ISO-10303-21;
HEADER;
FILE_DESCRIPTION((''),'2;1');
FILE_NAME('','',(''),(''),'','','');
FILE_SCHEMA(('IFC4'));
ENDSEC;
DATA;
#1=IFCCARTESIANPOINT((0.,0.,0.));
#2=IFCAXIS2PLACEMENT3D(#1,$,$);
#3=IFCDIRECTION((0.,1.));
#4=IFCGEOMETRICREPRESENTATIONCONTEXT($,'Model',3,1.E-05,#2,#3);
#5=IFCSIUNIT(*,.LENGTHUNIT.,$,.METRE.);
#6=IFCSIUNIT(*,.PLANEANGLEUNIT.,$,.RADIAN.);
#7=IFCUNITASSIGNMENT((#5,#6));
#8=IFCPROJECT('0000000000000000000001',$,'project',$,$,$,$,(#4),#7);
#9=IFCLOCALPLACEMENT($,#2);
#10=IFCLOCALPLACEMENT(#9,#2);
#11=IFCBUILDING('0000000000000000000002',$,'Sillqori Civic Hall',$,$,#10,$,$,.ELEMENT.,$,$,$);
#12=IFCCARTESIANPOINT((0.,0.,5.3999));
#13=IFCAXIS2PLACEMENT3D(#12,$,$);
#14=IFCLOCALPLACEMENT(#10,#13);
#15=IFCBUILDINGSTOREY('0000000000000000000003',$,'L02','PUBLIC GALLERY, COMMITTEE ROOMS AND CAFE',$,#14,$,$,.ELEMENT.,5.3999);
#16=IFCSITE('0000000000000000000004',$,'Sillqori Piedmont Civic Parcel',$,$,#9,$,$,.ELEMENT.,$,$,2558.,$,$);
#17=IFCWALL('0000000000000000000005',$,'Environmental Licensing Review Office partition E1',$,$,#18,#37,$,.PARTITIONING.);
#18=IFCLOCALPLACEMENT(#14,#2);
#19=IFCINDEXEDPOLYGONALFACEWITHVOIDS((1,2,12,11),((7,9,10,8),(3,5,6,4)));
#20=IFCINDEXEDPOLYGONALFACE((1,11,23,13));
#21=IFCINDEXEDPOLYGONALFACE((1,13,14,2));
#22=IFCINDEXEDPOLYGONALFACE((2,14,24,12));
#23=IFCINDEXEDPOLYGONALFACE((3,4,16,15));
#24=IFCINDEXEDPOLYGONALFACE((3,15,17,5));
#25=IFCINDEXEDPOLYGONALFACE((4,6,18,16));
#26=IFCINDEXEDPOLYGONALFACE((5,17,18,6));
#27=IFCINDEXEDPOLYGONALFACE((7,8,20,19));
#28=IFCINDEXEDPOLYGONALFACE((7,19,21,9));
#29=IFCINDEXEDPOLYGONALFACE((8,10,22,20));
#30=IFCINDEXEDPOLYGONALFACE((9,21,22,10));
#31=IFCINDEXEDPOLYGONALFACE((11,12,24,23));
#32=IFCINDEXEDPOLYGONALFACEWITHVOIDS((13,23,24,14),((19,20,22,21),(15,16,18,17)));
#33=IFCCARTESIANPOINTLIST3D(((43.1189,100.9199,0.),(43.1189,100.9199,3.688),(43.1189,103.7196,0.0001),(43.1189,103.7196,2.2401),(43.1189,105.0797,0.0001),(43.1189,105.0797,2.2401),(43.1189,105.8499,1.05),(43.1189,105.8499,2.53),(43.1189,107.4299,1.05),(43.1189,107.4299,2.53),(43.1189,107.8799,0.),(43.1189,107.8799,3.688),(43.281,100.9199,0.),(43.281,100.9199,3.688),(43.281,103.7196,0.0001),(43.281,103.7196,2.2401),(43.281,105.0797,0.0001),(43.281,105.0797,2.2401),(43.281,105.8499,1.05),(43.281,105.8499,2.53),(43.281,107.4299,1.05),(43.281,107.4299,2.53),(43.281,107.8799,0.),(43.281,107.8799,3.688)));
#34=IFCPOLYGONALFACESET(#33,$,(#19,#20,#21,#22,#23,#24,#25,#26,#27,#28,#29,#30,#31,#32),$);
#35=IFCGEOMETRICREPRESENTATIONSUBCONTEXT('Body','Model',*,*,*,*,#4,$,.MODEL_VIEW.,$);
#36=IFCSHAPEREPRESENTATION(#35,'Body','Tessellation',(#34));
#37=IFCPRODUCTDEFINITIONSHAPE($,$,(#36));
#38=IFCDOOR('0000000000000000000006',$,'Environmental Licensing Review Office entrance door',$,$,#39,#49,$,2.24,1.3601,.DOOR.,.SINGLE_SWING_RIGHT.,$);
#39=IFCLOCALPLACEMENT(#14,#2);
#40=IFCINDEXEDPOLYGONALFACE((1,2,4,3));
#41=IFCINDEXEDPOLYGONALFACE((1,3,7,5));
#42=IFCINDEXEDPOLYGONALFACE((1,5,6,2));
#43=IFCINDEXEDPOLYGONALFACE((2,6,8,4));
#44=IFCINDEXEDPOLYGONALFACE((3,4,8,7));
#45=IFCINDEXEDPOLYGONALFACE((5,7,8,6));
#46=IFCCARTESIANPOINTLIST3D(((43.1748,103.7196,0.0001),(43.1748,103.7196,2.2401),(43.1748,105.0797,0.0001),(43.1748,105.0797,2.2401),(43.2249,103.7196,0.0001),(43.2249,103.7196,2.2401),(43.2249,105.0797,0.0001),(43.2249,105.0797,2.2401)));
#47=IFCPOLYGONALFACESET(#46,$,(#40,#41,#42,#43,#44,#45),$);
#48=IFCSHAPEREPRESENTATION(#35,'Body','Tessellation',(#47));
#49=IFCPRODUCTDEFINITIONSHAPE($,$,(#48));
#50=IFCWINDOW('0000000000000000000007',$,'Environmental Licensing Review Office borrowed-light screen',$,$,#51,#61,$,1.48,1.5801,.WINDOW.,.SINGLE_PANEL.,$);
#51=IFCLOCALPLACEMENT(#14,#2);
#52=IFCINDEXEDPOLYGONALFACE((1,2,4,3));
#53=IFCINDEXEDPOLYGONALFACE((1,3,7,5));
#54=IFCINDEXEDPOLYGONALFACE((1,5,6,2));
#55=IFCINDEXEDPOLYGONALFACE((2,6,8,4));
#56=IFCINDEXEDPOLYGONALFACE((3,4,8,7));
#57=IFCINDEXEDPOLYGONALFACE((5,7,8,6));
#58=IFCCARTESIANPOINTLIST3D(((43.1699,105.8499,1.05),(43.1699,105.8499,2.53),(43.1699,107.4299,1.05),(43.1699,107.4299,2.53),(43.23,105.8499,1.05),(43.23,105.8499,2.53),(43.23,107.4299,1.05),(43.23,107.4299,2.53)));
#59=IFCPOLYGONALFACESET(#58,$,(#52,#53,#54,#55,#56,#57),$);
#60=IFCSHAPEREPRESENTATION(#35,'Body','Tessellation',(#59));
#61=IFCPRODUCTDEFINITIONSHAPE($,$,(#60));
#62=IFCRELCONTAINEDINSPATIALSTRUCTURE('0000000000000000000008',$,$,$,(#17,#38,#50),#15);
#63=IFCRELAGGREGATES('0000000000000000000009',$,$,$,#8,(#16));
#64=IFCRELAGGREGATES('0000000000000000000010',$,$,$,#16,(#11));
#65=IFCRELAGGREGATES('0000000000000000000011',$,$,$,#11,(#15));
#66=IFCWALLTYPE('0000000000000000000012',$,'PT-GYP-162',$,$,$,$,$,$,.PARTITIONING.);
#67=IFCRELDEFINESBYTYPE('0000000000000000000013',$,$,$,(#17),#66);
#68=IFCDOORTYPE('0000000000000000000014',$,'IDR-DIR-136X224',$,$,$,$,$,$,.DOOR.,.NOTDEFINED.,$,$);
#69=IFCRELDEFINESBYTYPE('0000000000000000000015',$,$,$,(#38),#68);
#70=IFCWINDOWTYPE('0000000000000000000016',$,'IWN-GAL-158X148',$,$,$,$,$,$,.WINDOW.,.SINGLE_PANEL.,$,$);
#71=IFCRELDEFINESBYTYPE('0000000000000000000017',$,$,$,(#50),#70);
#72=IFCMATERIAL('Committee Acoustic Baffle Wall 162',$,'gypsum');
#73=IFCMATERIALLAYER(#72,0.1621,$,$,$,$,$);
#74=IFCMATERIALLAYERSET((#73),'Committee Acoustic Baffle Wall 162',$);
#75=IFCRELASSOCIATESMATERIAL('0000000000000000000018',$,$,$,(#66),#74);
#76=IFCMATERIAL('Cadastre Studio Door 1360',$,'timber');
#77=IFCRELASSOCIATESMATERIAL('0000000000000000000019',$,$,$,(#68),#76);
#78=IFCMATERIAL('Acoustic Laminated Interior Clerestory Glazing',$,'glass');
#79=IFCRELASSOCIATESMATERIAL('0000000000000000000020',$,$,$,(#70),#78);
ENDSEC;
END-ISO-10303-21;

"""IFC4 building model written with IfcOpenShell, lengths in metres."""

from ifc_helpers import new_model, si_unit, direction, frame, frame_2d, origin, place, context, subcontext, project, spatial, rectangle, extrude, material, layer, layer_set, type_object, element, fill, save


model = new_model("IFC4")

# Units and contexts
model_context = context("Model", 3, precision=1e-05, world=origin(), true_north=direction((0.0, 1.0)))
body_context = subcontext(model_context, "Body", "Model", "MODEL_VIEW")
ifc_project = project(units=[si_unit("LENGTHUNIT", "METRE"), si_unit("PLANEANGLEUNIT", "RADIAN")], contexts=[model_context])

# Site, building, storey
site_placement = place(None, origin())
site = spatial("IfcSite", under=ifc_project, at=site_placement, Name="Sillqori Piedmont Civic Parcel", CompositionType="ELEMENT", RefElevation=2558.0)
building_placement = place(site_placement, origin())
building = spatial("IfcBuilding", under=site, at=building_placement, Name="Sillqori Civic Hall", CompositionType="ELEMENT")
storey_placement = place(building_placement, frame((0.0, 0.0, 5.3999)))
storey = spatial("IfcBuildingStorey", under=building, at=storey_placement, Name="L02", Description="PUBLIC GALLERY, COMMITTEE ROOMS AND CAFE", CompositionType="ELEMENT", Elevation=5.3999)

# Wall, openings, door, window
ifc_material_1 = material(Name="Committee Acoustic Baffle Wall 162", Category="gypsum")
ifc_layer_1 = layer(ifc_material_1, 0.1621)
ifc_layer_set_1 = layer_set([ifc_layer_1], Name="Committee Acoustic Baffle Wall 162")
wall_type_1 = type_object("IfcWallType", Name="PT-GYP-162", PredefinedType="PARTITIONING", material=ifc_layer_set_1)
wall_1_placement = place(storey_placement, frame((43.2, 107.8799, 0.0), z_axis=(0.0, 0.0, 1.0), x_axis=(0.0, -1.0, 0.0)))
wall_1 = element("IfcWall", 1, at=wall_1_placement, inside=storey, type_object=wall_type_1, Name="Environmental Licensing Review Office partition E1", PredefinedType="PARTITIONING", context=body_context, shape_type="SweptSolid", body=[
    extrude(rectangle(XDim=6.96, YDim=0.1621, at=frame_2d((3.48, 0.0))), origin(), (0.0, 0.0, 1.0), 3.688),
])
opening_1_placement = place(wall_1_placement, frame((2.8, 0.0, 0.0)))
opening_1 = element("IfcOpeningElement", 2, at=opening_1_placement, cuts=wall_1, PredefinedType="OPENING", context=body_context, shape_type="SweptSolid", body=[
    extrude(rectangle(XDim=1.3601, YDim=2.24, at=frame_2d((0.6802, 1.1201))), frame((0.0, 0.0911, 0.0), z_axis=(0.0, -1.0, 0.0), x_axis=(1.0, 0.0, 0.0)), (0.0, 0.0, 1.0), 0.1821),
])
opening_2_placement = place(wall_1_placement, frame((0.45, 0.0, 1.05)))
opening_2 = element("IfcOpeningElement", 3, at=opening_2_placement, cuts=wall_1, PredefinedType="OPENING", context=body_context, shape_type="SweptSolid", body=[
    extrude(rectangle(XDim=1.5801, YDim=1.48, at=frame_2d((0.79, 0.74))), frame((0.0, 0.0911, 0.0), z_axis=(0.0, -1.0, 0.0), x_axis=(1.0, 0.0, 0.0)), (0.0, 0.0, 1.0), 0.1821),
])
ifc_material_2 = material(Name="Cadastre Studio Door 1360", Category="timber")
door_type = type_object("IfcDoorType", Name="IDR-DIR-136X224", OperationType="NOTDEFINED", PredefinedType="DOOR", material=ifc_material_2)
door_placement = place(opening_1_placement, origin())
door = element("IfcDoor", 4, at=door_placement, inside=storey, type_object=door_type, Name="Environmental Licensing Review Office entrance door", OperationType="SINGLE_SWING_RIGHT", OverallHeight=2.24, OverallWidth=1.3601, PredefinedType="DOOR", context=body_context, shape_type="SweptSolid", body=[
    extrude(rectangle(XDim=1.3601, YDim=2.24, at=frame_2d((0.6802, 1.1201))), frame((0.0, 0.0249, 0.0), z_axis=(0.0, -1.0, 0.0), x_axis=(1.0, 0.0, 0.0)), (0.0, 0.0, 1.0), 0.05),
])
fill(opening_1, door)
ifc_material_3 = material(Name="Acoustic Laminated Interior Clerestory Glazing", Category="glass")
window_type_1 = type_object("IfcWindowType", Name="IWN-GAL-158X148", PartitioningType="SINGLE_PANEL", PredefinedType="WINDOW", material=ifc_material_3)
window_1_placement = place(opening_2_placement, origin())
window_1 = element("IfcWindow", 5, at=window_1_placement, inside=storey, type_object=window_type_1, Name="Environmental Licensing Review Office borrowed-light screen", OverallHeight=1.48, OverallWidth=1.5801, PartitioningType="SINGLE_PANEL", PredefinedType="WINDOW", context=body_context, shape_type="SweptSolid", body=[
    extrude(rectangle(XDim=1.5801, YDim=1.48, at=frame_2d((0.79, 0.74))), frame((0.0, 0.03, 0.0), z_axis=(0.0, -1.0, 0.0), x_axis=(1.0, 0.0, 0.0)), (0.0, 0.0, 1.0), 0.0601),
])
fill(opening_2, window_1)

save(model, "model.ifc")
